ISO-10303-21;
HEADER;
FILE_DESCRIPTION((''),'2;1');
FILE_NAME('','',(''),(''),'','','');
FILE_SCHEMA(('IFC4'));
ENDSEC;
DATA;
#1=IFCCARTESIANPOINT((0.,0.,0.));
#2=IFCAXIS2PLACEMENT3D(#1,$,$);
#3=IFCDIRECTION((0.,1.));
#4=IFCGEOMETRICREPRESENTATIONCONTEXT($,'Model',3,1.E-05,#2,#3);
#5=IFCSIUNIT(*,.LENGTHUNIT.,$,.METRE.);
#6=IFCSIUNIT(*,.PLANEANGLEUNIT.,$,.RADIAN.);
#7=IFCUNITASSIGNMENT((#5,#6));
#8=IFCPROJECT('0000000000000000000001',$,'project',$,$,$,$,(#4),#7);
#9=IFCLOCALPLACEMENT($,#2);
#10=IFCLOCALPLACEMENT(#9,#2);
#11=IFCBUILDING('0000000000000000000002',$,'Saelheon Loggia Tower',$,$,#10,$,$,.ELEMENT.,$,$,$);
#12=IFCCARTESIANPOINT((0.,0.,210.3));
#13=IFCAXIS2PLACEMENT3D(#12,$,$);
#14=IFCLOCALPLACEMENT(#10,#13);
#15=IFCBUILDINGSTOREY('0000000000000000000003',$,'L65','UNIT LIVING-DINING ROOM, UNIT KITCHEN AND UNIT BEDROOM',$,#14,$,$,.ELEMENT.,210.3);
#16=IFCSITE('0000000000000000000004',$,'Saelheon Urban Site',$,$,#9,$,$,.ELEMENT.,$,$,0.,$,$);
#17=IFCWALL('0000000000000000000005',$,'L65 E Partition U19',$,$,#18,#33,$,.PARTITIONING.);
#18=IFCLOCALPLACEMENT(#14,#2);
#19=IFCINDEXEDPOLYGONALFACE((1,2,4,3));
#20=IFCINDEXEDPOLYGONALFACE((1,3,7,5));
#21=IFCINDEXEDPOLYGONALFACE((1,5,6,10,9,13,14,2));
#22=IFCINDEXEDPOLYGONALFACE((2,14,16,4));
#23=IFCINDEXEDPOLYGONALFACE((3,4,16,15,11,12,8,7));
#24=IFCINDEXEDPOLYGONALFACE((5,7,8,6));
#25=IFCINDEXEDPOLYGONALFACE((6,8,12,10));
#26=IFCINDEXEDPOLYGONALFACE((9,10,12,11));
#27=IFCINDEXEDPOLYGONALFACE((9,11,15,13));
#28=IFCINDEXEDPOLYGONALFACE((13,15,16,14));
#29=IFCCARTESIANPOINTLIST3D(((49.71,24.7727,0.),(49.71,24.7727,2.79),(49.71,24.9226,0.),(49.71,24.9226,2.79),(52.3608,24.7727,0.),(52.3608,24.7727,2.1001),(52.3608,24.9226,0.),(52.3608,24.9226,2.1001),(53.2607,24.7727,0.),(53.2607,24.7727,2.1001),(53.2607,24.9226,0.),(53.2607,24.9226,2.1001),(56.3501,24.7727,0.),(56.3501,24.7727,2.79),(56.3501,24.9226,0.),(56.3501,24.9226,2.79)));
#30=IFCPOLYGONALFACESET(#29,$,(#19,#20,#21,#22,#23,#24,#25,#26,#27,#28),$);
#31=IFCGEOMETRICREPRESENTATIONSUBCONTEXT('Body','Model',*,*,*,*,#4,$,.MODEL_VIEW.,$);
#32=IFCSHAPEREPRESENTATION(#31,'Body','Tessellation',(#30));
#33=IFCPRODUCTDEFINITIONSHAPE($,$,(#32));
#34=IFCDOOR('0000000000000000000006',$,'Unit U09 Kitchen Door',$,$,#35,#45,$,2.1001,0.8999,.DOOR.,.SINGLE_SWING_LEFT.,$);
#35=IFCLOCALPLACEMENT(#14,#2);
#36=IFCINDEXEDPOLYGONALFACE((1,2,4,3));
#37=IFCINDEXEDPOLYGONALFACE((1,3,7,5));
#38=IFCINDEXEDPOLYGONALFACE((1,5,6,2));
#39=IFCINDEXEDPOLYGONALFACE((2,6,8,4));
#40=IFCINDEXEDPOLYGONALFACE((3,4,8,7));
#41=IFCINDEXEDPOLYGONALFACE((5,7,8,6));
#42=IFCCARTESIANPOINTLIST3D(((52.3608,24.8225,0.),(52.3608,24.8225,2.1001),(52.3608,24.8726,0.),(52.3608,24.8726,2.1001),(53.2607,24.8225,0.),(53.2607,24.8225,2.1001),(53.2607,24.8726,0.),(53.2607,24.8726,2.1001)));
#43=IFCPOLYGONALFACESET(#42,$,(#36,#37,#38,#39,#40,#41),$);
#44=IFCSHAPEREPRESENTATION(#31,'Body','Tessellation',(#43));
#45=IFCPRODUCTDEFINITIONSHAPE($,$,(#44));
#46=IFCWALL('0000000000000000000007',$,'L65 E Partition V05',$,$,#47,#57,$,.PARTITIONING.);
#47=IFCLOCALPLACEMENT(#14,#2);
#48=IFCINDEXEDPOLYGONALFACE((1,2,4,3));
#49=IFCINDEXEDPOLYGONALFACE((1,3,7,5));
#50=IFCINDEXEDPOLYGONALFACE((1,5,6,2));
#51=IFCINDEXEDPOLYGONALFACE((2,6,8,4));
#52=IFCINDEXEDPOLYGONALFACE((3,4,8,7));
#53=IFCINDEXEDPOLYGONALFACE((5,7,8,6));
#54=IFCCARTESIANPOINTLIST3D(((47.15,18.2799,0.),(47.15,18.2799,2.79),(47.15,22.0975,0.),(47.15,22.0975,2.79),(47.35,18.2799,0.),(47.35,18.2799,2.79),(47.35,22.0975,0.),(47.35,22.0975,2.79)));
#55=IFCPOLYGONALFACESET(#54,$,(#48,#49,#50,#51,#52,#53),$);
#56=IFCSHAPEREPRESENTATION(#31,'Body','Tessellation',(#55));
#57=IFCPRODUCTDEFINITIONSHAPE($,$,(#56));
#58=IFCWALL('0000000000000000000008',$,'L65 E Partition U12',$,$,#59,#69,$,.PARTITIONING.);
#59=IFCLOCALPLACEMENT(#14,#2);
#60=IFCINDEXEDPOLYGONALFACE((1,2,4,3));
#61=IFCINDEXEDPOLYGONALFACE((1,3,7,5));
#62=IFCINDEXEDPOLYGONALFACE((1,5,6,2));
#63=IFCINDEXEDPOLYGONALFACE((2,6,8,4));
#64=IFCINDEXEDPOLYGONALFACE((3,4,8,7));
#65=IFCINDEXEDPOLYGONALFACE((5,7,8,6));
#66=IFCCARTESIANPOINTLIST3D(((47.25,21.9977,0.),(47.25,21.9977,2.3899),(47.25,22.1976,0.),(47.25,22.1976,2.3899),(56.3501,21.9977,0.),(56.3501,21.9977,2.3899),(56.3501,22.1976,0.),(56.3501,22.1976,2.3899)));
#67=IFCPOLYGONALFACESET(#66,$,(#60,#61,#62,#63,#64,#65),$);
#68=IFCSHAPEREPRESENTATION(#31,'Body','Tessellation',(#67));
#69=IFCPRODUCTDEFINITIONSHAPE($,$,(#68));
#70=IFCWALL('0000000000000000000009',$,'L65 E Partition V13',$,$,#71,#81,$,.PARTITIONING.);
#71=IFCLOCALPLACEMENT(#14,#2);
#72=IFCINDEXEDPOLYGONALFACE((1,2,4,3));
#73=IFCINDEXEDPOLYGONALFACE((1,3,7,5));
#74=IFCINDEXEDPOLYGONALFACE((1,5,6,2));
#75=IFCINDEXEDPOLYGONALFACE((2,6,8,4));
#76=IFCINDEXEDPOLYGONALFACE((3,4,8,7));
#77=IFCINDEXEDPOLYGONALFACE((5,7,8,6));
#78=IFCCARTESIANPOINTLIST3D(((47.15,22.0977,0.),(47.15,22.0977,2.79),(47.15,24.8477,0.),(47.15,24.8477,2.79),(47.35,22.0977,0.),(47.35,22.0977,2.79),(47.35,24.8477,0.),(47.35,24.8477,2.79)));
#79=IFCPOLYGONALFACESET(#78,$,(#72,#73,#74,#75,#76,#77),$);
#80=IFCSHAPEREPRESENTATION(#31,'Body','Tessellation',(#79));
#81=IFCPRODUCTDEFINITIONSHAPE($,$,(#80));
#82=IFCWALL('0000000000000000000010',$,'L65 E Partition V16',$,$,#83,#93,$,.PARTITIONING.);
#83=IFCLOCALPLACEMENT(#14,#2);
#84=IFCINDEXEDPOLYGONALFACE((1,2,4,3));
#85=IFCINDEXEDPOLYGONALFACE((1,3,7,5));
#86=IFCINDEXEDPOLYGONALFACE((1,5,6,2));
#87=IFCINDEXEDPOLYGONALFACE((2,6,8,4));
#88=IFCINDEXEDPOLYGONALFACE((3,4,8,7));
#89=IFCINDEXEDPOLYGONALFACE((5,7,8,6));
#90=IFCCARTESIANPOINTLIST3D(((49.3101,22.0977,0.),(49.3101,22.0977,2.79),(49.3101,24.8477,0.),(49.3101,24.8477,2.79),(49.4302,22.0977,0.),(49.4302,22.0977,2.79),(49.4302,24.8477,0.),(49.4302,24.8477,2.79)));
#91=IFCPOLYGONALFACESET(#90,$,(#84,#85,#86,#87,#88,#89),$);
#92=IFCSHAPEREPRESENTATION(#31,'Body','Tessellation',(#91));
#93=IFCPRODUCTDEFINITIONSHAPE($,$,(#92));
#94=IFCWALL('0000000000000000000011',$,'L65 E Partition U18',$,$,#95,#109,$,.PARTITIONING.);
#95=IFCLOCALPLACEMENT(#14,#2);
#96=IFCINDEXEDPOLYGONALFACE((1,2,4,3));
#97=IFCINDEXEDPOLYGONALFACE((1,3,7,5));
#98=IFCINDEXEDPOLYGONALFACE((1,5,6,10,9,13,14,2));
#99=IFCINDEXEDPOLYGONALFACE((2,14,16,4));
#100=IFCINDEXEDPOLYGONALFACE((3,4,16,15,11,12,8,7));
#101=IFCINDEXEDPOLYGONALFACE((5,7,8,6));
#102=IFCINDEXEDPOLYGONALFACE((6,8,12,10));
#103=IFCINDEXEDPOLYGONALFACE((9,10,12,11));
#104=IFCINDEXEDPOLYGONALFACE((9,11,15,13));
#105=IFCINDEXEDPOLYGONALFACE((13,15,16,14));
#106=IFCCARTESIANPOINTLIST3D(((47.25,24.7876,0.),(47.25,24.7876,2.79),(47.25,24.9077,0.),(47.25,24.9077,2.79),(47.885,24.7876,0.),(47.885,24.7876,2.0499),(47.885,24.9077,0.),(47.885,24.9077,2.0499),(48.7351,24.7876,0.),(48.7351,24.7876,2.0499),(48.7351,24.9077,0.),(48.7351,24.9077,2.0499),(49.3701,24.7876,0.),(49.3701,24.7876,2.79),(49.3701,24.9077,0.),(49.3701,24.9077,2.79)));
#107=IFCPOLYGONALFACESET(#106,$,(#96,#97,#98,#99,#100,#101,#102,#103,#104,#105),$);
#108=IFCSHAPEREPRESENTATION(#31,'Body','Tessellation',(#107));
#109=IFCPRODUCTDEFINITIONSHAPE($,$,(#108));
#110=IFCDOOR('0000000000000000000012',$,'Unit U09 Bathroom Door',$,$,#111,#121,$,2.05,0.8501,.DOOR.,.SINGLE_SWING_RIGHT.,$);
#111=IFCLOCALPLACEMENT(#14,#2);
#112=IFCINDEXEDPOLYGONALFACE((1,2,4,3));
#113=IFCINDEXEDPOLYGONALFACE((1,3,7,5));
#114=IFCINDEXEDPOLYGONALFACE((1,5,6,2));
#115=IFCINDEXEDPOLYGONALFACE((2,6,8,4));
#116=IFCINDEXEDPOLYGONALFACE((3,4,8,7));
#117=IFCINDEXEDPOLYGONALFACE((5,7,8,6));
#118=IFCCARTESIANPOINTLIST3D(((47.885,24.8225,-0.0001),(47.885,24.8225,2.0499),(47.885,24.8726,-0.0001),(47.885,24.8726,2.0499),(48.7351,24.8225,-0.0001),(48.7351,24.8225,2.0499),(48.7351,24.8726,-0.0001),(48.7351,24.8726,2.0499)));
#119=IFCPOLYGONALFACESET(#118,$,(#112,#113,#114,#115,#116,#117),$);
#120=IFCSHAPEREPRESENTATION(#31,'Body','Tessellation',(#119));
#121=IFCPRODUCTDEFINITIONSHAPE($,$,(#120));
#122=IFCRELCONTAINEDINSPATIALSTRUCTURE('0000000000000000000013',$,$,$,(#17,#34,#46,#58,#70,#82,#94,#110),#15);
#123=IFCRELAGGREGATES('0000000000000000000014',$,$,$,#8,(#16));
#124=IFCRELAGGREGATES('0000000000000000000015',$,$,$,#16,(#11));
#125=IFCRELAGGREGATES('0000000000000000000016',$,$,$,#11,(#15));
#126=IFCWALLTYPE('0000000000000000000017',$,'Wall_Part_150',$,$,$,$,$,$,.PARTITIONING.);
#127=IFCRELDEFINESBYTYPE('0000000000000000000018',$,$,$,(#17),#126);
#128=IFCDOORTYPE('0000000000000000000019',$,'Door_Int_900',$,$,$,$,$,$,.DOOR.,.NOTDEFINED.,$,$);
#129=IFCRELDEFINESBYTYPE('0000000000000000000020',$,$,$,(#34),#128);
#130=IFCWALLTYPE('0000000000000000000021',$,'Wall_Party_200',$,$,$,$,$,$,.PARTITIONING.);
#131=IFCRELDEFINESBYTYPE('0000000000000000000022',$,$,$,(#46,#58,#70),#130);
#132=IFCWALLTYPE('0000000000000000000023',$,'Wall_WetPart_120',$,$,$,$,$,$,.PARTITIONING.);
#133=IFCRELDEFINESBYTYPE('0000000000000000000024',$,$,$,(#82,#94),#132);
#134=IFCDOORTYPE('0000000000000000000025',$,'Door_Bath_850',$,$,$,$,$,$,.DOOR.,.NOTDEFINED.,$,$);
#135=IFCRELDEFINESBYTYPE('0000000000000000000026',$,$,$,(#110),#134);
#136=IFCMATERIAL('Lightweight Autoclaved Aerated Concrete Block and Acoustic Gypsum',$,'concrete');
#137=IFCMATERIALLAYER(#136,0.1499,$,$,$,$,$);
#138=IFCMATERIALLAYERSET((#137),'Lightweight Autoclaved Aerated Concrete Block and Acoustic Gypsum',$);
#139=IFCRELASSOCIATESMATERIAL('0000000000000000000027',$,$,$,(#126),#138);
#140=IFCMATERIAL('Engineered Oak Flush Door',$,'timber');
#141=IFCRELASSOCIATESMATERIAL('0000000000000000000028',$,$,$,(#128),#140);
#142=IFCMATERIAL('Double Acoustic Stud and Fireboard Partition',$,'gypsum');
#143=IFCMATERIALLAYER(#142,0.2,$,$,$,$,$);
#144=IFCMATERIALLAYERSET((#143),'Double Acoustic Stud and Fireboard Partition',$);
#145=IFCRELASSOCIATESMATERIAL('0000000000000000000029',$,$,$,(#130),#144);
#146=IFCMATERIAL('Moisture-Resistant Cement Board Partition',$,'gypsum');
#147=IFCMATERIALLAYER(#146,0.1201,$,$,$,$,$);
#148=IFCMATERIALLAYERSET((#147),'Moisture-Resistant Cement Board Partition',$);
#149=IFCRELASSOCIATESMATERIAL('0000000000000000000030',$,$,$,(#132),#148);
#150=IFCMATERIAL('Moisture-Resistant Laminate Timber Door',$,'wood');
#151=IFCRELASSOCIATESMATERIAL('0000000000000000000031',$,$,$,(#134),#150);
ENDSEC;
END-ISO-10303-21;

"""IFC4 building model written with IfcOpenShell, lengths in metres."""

from ifc_helpers import new_model, si_unit, direction, frame, frame_2d, origin, place, context, subcontext, project, spatial, rectangle, extrude, source, transform, mapped, material, layer, layer_set, type_object, element, fill, save


model = new_model("IFC4")

# Units and contexts
model_context = context("Model", 3, precision=1e-05, world=origin(), true_north=direction((0.0, 1.0)))
body_context = subcontext(model_context, "Body", "Model", "MODEL_VIEW")
ifc_project = project(units=[si_unit("LENGTHUNIT", "METRE"), si_unit("PLANEANGLEUNIT", "RADIAN")], contexts=[model_context])

# Site, building, storey
site_placement = place(None, origin())
site = spatial("IfcSite", under=ifc_project, at=site_placement, Name="Saelheon Urban Site", CompositionType="ELEMENT", RefElevation=0.0)
building_placement = place(site_placement, origin())
building = spatial("IfcBuilding", under=site, at=building_placement, Name="Saelheon Loggia Tower", CompositionType="ELEMENT")
storey_placement = place(building_placement, frame((0.0, 0.0, 210.3)))
storey = spatial("IfcBuildingStorey", under=building, at=storey_placement, Name="L65", Description="UNIT LIVING-DINING ROOM, UNIT KITCHEN AND UNIT BEDROOM", CompositionType="ELEMENT", Elevation=210.3)

# Shared definitions
ifc_material_1 = material(Name="Lightweight Autoclaved Aerated Concrete Block and Acoustic Gypsum", Category="concrete")
ifc_layer_1 = layer(ifc_material_1, 0.1499)
ifc_layer_set_1 = layer_set([ifc_layer_1], Name="Lightweight Autoclaved Aerated Concrete Block and Acoustic Gypsum")
wall_type_1 = type_object("IfcWallType", Name="Wall_Part_150", PredefinedType="PARTITIONING", material=ifc_layer_set_1)

# Wall, opening, door
ifc_material_2 = material(Name="Engineered Oak Flush Door", Category="timber")
door_type_1 = type_object("IfcDoorType", Name="Door_Int_900", OperationType="NOTDEFINED", PredefinedType="DOOR", material=ifc_material_2)
shared_shape_1 = source(origin(), body_context, "Body", "SweptSolid", [
    extrude(rectangle(XDim=0.8999, YDim=2.1001, at=frame_2d((0.45, 1.05))), frame((0.0, 0.0249, 0.0), z_axis=(0.0, -1.0, 0.0), x_axis=(1.0, 0.0, 0.0)), (0.0, 0.0, 1.0), 0.05),
])
wall_1_placement = place(storey_placement, frame((49.71, 24.8477, 0.0), z_axis=(0.0, 0.0, 1.0), x_axis=(1.0, 0.0, 0.0)))
wall_1 = element("IfcWall", 1, at=wall_1_placement, inside=storey, type_object=wall_type_1, Name="L65 E Partition U19", PredefinedType="PARTITIONING", context=body_context, shape_type="SweptSolid", body=[
    extrude(rectangle(XDim=6.6401, YDim=0.1499, at=frame_2d((3.3201, 0.0))), origin(), (0.0, 0.0, 1.0), 2.79),
])
opening_1_placement = place(wall_1_placement, frame((2.6509, 0.0, 0.0)))
opening_1 = element("IfcOpeningElement", 2, at=opening_1_placement, cuts=wall_1, PredefinedType="OPENING", context=body_context, shape_type="SweptSolid", body=[
    extrude(rectangle(XDim=0.8999, YDim=2.1001, at=frame_2d((0.45, 1.05))), frame((0.0, 0.0869, 0.0), z_axis=(0.0, -1.0, 0.0), x_axis=(1.0, 0.0, 0.0)), (0.0, 0.0, 1.0), 0.1738),
])
door_1_placement = place(opening_1_placement, origin())
door_1 = element("IfcDoor", 3, at=door_1_placement, inside=storey, type_object=door_type_1, Name="Unit U09 Kitchen Door", OperationType="SINGLE_SWING_LEFT", OverallHeight=2.1001, OverallWidth=0.8999, PredefinedType="DOOR", context=body_context, shape_type="MappedRepresentation", body=[
    mapped(shared_shape_1, transform((0.0, 0.0, 0.0), scale=1.0)),
])
fill(opening_1, door_1)

# Walls
ifc_material_3 = material(Name="Double Acoustic Stud and Fireboard Partition", Category="gypsum")
ifc_layer_2 = layer(ifc_material_3, 0.2)
ifc_layer_set_2 = layer_set([ifc_layer_2], Name="Double Acoustic Stud and Fireboard Partition")
wall_type_2 = type_object("IfcWallType", Name="Wall_Party_200", PredefinedType="PARTITIONING", material=ifc_layer_set_2)
wall_2_placement = place(storey_placement, frame((47.25, 18.28, 0.0), z_axis=(0.0, 0.0, 1.0), x_axis=(0.0, 1.0, 0.0)))
element("IfcWall", 4, at=wall_2_placement, inside=storey, type_object=wall_type_2, Name="L65 E Partition V05", PredefinedType="PARTITIONING", context=body_context, shape_type="SweptSolid", body=[
    extrude(rectangle(XDim=3.8176, YDim=0.2, at=frame_2d((1.9087, 0.0))), origin(), (0.0, 0.0, 1.0), 2.79),
])
wall_3_placement = place(storey_placement, frame((47.25, 22.0977, 0.0), z_axis=(0.0, 0.0, 1.0), x_axis=(1.0, 0.0, 0.0)))
element("IfcWall", 5, at=wall_3_placement, inside=storey, type_object=wall_type_2, Name="L65 E Partition U12", PredefinedType="PARTITIONING", context=body_context, shape_type="SweptSolid", body=[
    extrude(rectangle(XDim=9.1001, YDim=0.2, at=frame_2d((4.55, 0.0))), origin(), (0.0, 0.0, 1.0), 2.3899),
])
wall_4_placement = place(storey_placement, frame((47.25, 22.0977, 0.0), z_axis=(0.0, 0.0, 1.0), x_axis=(0.0, 1.0, 0.0)))
element("IfcWall", 6, at=wall_4_placement, inside=storey, type_object=wall_type_2, Name="L65 E Partition V13", PredefinedType="PARTITIONING", context=body_context, shape_type="SweptSolid", body=[
    extrude(rectangle(XDim=2.75, YDim=0.2, at=frame_2d((1.375, 0.0))), origin(), (0.0, 0.0, 1.0), 2.79),
])

# Wall
ifc_material_4 = material(Name="Moisture-Resistant Cement Board Partition", Category="gypsum")
ifc_layer_3 = layer(ifc_material_4, 0.1201)
ifc_layer_set_3 = layer_set([ifc_layer_3], Name="Moisture-Resistant Cement Board Partition")
wall_type_3 = type_object("IfcWallType", Name="Wall_WetPart_120", PredefinedType="PARTITIONING", material=ifc_layer_set_3)
wall_5_placement = place(storey_placement, frame((49.3701, 22.0977, 0.0), z_axis=(0.0, 0.0, 1.0), x_axis=(0.0, 1.0, 0.0)))
element("IfcWall", 7, at=wall_5_placement, inside=storey, type_object=wall_type_3, Name="L65 E Partition V16", PredefinedType="PARTITIONING", context=body_context, shape_type="SweptSolid", body=[
    extrude(rectangle(XDim=2.75, YDim=0.1201, at=frame_2d((1.375, 0.0))), origin(), (0.0, 0.0, 1.0), 2.79),
])

# Wall, opening, door
wall_6_placement = place(storey_placement, frame((47.25, 24.8477, 0.0), z_axis=(0.0, 0.0, 1.0), x_axis=(1.0, 0.0, 0.0)))
wall_6 = element("IfcWall", 8, at=wall_6_placement, inside=storey, type_object=wall_type_3, Name="L65 E Partition U18", PredefinedType="PARTITIONING", context=body_context, shape_type="SweptSolid", body=[
    extrude(rectangle(XDim=2.1201, YDim=0.1201, at=frame_2d((1.0601, 0.0))), origin(), (0.0, 0.0, 1.0), 2.79),
])
opening_2_placement = place(wall_6_placement, frame((0.635, 0.0, 0.0)))
opening_2 = element("IfcOpeningElement", 9, at=opening_2_placement, cuts=wall_6, PredefinedType="OPENING", context=body_context, shape_type="SweptSolid", body=[
    extrude(rectangle(XDim=0.8501, YDim=2.05, at=frame_2d((0.425, 1.0249))), frame((0.0, 0.072, 0.0), z_axis=(0.0, -1.0, 0.0), x_axis=(1.0, 0.0, 0.0)), (0.0, 0.0, 1.0), 0.144),
])
ifc_material_5 = material(Name="Moisture-Resistant Laminate Timber Door", Category="wood")
door_type_2 = type_object("IfcDoorType", Name="Door_Bath_850", OperationType="NOTDEFINED", PredefinedType="DOOR", material=ifc_material_5)
shared_shape_2 = source(origin(), body_context, "Body", "SweptSolid", [
    extrude(rectangle(XDim=0.8501, YDim=2.05, at=frame_2d((0.425, 1.0249))), frame((0.0, 0.0249, 0.0), z_axis=(0.0, -1.0, 0.0), x_axis=(1.0, 0.0, 0.0)), (0.0, 0.0, 1.0), 0.05),
])
door_2_placement = place(opening_2_placement, origin())
door_2 = element("IfcDoor", 10, at=door_2_placement, inside=storey, type_object=door_type_2, Name="Unit U09 Bathroom Door", OperationType="SINGLE_SWING_RIGHT", OverallHeight=2.05, OverallWidth=0.8501, PredefinedType="DOOR", context=body_context, shape_type="MappedRepresentation", body=[
    mapped(shared_shape_2, transform((0.0, 0.0, 0.0), scale=1.0)),
])
fill(opening_2, door_2)

save(model, "model.ifc")
